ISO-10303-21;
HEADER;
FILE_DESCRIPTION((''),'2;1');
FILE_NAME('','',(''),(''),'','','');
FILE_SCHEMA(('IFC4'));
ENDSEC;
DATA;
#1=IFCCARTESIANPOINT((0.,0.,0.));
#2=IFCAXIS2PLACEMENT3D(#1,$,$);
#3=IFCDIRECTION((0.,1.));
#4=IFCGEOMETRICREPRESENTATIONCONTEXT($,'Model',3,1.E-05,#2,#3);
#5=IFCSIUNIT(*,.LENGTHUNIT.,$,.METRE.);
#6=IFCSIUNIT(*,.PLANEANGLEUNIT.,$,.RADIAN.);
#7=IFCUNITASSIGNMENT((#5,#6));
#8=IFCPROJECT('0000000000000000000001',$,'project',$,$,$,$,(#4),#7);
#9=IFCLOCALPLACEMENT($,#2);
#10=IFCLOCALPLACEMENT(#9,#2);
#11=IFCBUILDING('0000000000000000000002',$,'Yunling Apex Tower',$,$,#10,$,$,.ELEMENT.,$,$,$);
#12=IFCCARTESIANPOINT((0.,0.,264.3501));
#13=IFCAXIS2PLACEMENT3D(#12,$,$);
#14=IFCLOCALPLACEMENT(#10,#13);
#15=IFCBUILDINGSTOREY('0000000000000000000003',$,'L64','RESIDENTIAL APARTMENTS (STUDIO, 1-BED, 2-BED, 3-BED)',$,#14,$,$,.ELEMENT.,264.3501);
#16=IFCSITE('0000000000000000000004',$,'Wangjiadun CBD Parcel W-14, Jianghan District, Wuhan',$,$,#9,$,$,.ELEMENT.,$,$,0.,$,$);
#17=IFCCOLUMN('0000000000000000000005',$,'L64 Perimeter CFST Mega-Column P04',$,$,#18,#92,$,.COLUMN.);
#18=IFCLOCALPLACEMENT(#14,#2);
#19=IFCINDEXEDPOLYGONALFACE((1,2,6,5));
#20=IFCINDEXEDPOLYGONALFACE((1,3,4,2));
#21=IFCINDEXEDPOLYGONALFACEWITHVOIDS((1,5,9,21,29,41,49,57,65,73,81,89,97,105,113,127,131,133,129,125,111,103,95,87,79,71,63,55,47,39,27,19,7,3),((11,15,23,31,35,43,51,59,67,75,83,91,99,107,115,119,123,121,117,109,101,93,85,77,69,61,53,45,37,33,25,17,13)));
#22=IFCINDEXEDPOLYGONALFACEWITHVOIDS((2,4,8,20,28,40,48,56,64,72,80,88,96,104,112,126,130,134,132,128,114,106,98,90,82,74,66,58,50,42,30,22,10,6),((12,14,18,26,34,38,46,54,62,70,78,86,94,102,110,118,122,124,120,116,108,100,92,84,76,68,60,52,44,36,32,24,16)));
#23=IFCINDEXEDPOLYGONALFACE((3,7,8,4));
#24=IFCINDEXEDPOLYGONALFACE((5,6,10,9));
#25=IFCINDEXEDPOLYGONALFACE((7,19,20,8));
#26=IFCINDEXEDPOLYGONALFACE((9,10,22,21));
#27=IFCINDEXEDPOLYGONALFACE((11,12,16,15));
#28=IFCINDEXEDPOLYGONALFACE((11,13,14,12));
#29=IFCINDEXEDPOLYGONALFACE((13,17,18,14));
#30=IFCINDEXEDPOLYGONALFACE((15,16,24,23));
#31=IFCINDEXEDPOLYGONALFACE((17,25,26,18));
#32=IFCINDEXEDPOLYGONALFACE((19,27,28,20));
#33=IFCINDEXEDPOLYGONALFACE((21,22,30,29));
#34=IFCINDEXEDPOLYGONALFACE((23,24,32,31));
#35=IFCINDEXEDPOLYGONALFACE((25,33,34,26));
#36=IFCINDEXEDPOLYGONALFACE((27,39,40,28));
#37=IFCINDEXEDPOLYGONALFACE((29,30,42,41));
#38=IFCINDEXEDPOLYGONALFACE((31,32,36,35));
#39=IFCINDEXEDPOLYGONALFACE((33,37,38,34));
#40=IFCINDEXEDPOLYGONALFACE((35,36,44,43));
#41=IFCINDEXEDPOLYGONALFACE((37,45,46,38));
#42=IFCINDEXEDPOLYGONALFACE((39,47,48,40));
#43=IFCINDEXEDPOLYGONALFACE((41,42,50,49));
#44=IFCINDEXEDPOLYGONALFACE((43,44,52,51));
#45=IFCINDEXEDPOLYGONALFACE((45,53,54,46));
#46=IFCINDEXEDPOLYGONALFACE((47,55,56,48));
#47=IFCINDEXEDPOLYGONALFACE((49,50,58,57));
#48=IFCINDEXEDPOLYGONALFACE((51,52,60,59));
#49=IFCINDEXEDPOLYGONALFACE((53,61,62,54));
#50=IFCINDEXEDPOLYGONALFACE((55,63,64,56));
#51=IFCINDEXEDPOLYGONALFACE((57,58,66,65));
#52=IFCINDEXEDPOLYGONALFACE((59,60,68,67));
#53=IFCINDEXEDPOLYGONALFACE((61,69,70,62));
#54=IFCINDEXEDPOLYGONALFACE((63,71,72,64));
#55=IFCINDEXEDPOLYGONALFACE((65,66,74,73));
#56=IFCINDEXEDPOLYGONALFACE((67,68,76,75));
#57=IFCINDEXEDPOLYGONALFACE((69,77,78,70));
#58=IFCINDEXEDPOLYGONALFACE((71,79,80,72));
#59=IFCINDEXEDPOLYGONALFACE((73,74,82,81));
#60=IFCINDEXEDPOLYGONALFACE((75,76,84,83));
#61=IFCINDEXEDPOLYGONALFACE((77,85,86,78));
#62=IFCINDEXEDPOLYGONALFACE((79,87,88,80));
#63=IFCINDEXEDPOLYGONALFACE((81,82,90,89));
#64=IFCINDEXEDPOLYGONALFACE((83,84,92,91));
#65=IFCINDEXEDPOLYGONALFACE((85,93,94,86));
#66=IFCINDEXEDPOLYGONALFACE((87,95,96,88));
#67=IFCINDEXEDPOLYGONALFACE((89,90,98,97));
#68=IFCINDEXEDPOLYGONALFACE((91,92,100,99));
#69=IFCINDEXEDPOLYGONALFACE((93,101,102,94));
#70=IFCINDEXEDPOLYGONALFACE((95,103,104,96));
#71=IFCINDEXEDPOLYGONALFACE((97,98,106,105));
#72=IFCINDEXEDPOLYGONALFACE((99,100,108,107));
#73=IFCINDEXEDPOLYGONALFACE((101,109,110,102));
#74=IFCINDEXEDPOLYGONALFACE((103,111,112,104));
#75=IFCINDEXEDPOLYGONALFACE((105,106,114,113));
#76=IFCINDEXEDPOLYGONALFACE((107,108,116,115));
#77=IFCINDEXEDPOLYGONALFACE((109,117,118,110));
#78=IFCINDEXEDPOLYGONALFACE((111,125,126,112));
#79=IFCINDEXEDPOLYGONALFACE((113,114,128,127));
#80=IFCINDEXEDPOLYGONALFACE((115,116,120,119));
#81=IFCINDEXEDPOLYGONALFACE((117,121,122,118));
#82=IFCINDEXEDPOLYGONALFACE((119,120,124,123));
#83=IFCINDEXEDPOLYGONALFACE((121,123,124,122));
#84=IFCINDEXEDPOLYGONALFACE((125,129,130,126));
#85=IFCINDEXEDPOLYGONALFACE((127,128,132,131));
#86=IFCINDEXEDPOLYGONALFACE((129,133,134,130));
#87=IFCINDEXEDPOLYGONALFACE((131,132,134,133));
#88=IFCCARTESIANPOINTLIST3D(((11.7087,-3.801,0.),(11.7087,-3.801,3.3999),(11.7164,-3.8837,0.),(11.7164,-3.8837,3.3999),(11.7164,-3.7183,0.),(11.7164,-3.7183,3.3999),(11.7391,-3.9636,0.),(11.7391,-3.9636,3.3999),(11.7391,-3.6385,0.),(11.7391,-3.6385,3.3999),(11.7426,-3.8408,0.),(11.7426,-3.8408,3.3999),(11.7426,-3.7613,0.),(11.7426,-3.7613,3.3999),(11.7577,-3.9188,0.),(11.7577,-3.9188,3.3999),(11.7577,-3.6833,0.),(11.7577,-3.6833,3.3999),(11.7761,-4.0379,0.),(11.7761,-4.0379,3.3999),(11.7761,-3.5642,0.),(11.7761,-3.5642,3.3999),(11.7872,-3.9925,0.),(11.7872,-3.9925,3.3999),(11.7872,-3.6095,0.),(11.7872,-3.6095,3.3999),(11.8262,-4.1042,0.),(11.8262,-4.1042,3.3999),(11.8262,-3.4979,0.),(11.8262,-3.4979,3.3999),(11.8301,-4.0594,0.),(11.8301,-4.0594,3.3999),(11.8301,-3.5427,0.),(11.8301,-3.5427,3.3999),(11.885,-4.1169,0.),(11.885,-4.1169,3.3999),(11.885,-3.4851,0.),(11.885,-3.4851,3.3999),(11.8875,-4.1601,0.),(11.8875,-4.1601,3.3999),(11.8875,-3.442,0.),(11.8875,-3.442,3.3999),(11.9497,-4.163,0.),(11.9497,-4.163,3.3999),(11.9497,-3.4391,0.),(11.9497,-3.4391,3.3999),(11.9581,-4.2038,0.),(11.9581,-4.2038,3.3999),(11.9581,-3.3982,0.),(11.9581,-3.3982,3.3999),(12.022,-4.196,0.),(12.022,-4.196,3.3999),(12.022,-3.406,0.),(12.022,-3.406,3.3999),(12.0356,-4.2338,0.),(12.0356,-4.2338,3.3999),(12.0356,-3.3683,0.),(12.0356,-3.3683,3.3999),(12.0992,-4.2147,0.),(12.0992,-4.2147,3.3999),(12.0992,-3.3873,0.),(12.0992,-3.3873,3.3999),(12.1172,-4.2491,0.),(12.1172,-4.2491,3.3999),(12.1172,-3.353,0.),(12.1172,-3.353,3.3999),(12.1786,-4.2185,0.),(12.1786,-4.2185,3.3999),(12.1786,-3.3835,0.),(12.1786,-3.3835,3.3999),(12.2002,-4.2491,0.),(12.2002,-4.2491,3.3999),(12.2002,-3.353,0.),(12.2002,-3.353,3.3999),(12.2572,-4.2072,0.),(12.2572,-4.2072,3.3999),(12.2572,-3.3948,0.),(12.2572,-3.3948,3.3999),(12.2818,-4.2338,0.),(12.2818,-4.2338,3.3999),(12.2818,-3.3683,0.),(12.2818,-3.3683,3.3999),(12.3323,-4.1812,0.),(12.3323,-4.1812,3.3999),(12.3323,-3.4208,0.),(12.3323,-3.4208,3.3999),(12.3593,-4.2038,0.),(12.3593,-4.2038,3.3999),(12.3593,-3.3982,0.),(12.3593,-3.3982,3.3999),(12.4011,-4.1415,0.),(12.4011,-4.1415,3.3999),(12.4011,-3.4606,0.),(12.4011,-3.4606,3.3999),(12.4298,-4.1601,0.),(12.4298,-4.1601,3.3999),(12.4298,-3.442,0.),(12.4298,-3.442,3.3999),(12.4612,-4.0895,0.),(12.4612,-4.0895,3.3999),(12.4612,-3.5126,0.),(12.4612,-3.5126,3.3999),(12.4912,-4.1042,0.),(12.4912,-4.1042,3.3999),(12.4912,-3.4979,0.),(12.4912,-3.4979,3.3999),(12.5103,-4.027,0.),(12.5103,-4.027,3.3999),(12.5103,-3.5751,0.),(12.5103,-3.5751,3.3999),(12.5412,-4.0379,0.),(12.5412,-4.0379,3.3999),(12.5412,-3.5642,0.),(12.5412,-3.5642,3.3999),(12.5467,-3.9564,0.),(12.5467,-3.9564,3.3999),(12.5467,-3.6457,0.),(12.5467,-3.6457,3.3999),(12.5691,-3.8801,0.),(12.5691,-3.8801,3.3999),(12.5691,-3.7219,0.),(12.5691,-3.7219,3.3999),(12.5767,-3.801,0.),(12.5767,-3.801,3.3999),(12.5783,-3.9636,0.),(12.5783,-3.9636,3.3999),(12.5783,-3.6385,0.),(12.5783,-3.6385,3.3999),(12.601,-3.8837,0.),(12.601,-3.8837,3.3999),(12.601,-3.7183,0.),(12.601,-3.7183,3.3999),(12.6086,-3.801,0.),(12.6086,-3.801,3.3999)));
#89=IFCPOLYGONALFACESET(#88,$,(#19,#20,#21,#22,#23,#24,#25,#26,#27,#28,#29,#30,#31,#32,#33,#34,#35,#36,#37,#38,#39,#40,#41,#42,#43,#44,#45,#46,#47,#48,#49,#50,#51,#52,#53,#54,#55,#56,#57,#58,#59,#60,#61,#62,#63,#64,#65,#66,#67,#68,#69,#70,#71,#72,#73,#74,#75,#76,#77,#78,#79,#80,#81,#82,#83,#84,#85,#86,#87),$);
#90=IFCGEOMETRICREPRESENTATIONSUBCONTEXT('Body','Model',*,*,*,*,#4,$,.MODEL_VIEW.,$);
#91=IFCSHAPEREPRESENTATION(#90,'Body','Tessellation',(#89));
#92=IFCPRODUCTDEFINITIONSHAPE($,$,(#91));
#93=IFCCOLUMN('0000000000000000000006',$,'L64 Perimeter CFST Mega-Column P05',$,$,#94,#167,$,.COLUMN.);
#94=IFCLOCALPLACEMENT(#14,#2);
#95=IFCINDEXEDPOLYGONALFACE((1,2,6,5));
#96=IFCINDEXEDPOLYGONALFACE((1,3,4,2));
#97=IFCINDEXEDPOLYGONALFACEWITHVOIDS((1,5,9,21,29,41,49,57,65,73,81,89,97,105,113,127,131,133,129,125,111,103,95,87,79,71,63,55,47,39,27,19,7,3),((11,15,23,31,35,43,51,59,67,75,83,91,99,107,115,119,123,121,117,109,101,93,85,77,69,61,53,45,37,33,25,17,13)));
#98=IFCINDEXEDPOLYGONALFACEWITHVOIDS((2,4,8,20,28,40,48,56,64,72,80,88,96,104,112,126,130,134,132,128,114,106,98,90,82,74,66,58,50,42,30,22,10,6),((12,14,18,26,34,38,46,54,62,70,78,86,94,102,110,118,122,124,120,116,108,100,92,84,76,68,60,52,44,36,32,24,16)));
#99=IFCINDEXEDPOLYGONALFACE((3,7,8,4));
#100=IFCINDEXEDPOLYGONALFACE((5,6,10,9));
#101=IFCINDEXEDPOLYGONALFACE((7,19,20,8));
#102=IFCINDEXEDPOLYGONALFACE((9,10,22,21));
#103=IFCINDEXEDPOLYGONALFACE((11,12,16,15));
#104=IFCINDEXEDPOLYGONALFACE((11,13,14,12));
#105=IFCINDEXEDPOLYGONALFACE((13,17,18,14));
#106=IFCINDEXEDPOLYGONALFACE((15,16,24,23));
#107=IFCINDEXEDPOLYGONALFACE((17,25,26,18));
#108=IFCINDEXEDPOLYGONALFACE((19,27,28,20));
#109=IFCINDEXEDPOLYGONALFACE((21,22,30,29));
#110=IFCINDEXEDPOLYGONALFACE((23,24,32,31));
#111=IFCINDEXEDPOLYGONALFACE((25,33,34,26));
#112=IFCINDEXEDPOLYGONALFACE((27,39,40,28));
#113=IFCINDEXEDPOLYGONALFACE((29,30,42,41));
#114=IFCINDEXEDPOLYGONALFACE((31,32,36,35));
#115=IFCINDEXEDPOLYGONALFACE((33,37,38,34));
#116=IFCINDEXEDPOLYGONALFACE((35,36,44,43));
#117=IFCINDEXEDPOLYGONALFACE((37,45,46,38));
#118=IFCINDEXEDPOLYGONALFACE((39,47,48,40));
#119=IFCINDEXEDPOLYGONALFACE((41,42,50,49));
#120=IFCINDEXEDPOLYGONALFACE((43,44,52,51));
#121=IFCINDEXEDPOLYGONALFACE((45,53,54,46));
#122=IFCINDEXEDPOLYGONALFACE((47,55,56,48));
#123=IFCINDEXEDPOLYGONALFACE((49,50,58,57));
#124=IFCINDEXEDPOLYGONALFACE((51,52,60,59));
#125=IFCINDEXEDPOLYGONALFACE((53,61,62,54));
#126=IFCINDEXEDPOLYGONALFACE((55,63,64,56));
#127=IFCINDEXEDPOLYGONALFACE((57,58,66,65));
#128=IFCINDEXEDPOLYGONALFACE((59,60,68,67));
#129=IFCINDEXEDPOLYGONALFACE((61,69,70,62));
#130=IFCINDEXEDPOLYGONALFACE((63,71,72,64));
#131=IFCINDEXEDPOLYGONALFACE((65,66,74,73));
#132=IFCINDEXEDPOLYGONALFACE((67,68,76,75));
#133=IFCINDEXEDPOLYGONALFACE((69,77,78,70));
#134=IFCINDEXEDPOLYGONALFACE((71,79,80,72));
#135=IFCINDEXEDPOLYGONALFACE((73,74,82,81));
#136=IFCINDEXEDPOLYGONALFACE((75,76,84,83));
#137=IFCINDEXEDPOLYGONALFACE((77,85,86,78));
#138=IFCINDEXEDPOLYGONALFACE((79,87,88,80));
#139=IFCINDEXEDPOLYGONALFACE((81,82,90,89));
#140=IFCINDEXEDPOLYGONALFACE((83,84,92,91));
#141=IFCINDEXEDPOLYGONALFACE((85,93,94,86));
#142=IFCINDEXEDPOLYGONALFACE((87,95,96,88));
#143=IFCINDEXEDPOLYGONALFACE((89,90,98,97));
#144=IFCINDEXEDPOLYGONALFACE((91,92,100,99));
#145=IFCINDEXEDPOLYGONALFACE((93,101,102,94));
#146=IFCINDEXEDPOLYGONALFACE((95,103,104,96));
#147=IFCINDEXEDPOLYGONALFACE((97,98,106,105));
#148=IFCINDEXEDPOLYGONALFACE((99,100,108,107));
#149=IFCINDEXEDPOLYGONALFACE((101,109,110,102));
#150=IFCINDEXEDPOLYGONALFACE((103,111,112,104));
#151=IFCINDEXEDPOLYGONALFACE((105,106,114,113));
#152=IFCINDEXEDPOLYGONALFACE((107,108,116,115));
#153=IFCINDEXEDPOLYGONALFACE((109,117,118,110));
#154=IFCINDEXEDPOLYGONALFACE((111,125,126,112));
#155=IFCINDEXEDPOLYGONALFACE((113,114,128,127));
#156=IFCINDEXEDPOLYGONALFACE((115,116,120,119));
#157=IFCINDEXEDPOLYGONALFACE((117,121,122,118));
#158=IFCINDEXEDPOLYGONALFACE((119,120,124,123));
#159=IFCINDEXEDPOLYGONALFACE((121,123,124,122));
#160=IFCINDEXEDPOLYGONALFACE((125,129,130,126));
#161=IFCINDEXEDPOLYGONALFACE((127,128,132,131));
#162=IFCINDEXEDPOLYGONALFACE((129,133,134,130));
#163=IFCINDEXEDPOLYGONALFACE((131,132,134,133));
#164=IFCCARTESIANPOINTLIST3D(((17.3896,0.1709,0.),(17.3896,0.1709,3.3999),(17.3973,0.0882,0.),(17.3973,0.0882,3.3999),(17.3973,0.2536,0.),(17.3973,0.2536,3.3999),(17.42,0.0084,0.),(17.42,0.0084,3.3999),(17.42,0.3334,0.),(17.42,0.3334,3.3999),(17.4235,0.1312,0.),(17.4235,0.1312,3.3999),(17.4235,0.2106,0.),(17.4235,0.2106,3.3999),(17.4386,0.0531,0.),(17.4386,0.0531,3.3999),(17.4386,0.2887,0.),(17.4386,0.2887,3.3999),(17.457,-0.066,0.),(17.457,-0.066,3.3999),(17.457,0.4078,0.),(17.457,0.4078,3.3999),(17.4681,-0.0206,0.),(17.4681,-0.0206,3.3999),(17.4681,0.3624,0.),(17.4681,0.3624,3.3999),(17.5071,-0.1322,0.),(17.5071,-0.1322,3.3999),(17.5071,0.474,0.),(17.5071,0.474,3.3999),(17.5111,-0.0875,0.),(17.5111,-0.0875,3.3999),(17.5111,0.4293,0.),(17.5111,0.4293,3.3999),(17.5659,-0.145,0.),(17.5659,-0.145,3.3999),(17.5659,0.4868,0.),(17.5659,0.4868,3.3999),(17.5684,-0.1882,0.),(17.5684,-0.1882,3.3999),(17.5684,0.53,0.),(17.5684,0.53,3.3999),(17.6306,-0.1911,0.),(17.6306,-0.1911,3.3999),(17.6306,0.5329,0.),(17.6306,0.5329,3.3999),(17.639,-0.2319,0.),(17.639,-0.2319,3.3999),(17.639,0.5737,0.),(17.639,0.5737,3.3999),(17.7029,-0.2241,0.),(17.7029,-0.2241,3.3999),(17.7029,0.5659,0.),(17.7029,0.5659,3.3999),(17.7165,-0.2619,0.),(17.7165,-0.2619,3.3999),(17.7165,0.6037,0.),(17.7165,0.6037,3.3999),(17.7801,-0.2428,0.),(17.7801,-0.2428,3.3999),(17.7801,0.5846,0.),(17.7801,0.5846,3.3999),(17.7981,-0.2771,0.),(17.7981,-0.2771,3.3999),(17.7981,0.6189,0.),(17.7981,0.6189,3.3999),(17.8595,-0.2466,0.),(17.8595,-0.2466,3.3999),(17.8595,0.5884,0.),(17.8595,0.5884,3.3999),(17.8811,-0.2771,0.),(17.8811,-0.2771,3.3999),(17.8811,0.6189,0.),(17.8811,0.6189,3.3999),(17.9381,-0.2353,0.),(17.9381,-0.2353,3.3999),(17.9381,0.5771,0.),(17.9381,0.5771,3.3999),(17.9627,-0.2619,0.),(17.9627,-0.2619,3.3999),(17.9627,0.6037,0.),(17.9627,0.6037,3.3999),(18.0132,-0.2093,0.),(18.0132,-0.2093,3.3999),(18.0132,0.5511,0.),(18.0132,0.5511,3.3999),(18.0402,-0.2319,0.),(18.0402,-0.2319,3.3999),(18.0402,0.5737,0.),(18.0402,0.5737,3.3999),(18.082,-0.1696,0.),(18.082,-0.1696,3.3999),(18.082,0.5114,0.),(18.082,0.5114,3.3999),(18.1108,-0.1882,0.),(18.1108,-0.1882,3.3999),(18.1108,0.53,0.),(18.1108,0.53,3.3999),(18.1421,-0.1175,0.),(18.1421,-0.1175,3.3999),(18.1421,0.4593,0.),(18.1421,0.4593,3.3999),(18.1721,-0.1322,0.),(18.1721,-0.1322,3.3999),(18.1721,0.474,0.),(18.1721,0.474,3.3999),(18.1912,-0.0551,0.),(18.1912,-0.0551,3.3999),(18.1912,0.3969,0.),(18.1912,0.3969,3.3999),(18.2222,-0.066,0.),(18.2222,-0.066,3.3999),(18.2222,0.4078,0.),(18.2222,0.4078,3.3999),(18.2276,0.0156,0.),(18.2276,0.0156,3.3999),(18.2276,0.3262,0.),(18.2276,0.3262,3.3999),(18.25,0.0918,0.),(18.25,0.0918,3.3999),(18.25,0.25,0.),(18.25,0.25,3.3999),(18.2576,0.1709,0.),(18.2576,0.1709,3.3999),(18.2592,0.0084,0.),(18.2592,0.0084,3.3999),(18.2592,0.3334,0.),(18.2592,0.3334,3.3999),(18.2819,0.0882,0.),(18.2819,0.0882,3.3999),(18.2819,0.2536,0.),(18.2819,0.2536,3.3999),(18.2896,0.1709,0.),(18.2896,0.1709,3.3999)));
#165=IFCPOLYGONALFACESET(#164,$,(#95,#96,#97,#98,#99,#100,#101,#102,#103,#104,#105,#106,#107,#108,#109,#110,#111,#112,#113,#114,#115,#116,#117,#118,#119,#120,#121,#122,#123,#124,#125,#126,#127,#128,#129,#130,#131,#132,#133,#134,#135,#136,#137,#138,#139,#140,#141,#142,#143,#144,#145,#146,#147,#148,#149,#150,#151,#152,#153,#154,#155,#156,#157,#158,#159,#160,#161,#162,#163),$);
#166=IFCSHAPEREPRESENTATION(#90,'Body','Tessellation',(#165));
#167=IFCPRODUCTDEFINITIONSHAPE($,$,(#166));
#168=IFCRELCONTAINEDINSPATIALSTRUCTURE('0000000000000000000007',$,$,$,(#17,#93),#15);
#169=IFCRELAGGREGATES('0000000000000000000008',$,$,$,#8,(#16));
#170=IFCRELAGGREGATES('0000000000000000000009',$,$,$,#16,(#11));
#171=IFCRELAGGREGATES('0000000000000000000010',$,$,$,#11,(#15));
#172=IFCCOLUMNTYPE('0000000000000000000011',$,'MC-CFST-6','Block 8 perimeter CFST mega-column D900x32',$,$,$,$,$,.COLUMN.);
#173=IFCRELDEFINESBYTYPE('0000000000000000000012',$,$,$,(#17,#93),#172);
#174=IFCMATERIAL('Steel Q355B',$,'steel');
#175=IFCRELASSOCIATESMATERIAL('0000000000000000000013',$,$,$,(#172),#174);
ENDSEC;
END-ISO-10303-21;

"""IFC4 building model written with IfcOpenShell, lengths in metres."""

from ifc_helpers import new_model, si_unit, direction, frame, origin, origin_2d, place, context, subcontext, project, spatial, hollow_circle, extrude, source, transform, mapped, material, material_profile, profile_set, type_object, element, save


model = new_model("IFC4")

# Units and contexts
model_context = context("Model", 3, precision=1e-05, world=origin(), true_north=direction((0.0, 1.0)))
body_context = subcontext(model_context, "Body", "Model", "MODEL_VIEW")
ifc_project = project(units=[si_unit("LENGTHUNIT", "METRE"), si_unit("PLANEANGLEUNIT", "RADIAN")], contexts=[model_context])

# Site, building, storey
site_placement = place(None, origin())
site = spatial("IfcSite", under=ifc_project, at=site_placement, Name="Wangjiadun CBD Parcel W-14, Jianghan District, Wuhan", CompositionType="ELEMENT", RefElevation=0.0)
building_placement = place(site_placement, origin())
building = spatial("IfcBuilding", under=site, at=building_placement, Name="Yunling Apex Tower", CompositionType="ELEMENT")
storey_placement = place(building_placement, frame((0.0, 0.0, 264.3501)))
storey = spatial("IfcBuildingStorey", under=building, at=storey_placement, Name="L64", Description="RESIDENTIAL APARTMENTS (STUDIO, 1-BED, 2-BED, 3-BED)", CompositionType="ELEMENT", Elevation=264.3501)

# Columns
ifc_material_1 = material(Name="Steel Q355B", Category="steel")
ifc_material_profile_1 = material_profile(ifc_material_1, hollow_circle(Radius=0.45, WallThickness=0.032, at=origin_2d()))
ifc_profile_set_1 = profile_set([ifc_material_profile_1], Name="Steel Q355B")
column_type = type_object("IfcColumnType", Name="MC-CFST-6", Description="Block 8 perimeter CFST mega-column D900x32", PredefinedType="COLUMN", material=ifc_profile_set_1)
shared_shape_1 = source(origin(), body_context, "Body", "SweptSolid", [
    extrude(hollow_circle(Radius=0.45, WallThickness=0.032, at=origin_2d()), origin(), (0.0, 0.0, 1.0), 3.3999),
])
for number, where, z_axis, x_axis, name in (
    (1, (12.1587, -3.801, 0.0), (0.0, 0.0, 1.0), (1.0, 0.0, 0.0), "L64 Perimeter CFST Mega-Column P04"),
    (2, (17.8396, 0.1709, 0.0), (0.0, 0.0, 1.0), (1.0, 0.0, 0.0), "L64 Perimeter CFST Mega-Column P05"),
):
    element("IfcColumn", number, at=place(storey_placement, frame(where, z_axis=z_axis, x_axis=x_axis)), inside=storey, type_object=column_type, Name=name, PredefinedType="COLUMN", context=body_context, shape_type="MappedRepresentation", body=[
        mapped(shared_shape_1, transform((0.0, 0.0, 0.0), scale=1.0)),
    ])

save(model, "model.ifc")
